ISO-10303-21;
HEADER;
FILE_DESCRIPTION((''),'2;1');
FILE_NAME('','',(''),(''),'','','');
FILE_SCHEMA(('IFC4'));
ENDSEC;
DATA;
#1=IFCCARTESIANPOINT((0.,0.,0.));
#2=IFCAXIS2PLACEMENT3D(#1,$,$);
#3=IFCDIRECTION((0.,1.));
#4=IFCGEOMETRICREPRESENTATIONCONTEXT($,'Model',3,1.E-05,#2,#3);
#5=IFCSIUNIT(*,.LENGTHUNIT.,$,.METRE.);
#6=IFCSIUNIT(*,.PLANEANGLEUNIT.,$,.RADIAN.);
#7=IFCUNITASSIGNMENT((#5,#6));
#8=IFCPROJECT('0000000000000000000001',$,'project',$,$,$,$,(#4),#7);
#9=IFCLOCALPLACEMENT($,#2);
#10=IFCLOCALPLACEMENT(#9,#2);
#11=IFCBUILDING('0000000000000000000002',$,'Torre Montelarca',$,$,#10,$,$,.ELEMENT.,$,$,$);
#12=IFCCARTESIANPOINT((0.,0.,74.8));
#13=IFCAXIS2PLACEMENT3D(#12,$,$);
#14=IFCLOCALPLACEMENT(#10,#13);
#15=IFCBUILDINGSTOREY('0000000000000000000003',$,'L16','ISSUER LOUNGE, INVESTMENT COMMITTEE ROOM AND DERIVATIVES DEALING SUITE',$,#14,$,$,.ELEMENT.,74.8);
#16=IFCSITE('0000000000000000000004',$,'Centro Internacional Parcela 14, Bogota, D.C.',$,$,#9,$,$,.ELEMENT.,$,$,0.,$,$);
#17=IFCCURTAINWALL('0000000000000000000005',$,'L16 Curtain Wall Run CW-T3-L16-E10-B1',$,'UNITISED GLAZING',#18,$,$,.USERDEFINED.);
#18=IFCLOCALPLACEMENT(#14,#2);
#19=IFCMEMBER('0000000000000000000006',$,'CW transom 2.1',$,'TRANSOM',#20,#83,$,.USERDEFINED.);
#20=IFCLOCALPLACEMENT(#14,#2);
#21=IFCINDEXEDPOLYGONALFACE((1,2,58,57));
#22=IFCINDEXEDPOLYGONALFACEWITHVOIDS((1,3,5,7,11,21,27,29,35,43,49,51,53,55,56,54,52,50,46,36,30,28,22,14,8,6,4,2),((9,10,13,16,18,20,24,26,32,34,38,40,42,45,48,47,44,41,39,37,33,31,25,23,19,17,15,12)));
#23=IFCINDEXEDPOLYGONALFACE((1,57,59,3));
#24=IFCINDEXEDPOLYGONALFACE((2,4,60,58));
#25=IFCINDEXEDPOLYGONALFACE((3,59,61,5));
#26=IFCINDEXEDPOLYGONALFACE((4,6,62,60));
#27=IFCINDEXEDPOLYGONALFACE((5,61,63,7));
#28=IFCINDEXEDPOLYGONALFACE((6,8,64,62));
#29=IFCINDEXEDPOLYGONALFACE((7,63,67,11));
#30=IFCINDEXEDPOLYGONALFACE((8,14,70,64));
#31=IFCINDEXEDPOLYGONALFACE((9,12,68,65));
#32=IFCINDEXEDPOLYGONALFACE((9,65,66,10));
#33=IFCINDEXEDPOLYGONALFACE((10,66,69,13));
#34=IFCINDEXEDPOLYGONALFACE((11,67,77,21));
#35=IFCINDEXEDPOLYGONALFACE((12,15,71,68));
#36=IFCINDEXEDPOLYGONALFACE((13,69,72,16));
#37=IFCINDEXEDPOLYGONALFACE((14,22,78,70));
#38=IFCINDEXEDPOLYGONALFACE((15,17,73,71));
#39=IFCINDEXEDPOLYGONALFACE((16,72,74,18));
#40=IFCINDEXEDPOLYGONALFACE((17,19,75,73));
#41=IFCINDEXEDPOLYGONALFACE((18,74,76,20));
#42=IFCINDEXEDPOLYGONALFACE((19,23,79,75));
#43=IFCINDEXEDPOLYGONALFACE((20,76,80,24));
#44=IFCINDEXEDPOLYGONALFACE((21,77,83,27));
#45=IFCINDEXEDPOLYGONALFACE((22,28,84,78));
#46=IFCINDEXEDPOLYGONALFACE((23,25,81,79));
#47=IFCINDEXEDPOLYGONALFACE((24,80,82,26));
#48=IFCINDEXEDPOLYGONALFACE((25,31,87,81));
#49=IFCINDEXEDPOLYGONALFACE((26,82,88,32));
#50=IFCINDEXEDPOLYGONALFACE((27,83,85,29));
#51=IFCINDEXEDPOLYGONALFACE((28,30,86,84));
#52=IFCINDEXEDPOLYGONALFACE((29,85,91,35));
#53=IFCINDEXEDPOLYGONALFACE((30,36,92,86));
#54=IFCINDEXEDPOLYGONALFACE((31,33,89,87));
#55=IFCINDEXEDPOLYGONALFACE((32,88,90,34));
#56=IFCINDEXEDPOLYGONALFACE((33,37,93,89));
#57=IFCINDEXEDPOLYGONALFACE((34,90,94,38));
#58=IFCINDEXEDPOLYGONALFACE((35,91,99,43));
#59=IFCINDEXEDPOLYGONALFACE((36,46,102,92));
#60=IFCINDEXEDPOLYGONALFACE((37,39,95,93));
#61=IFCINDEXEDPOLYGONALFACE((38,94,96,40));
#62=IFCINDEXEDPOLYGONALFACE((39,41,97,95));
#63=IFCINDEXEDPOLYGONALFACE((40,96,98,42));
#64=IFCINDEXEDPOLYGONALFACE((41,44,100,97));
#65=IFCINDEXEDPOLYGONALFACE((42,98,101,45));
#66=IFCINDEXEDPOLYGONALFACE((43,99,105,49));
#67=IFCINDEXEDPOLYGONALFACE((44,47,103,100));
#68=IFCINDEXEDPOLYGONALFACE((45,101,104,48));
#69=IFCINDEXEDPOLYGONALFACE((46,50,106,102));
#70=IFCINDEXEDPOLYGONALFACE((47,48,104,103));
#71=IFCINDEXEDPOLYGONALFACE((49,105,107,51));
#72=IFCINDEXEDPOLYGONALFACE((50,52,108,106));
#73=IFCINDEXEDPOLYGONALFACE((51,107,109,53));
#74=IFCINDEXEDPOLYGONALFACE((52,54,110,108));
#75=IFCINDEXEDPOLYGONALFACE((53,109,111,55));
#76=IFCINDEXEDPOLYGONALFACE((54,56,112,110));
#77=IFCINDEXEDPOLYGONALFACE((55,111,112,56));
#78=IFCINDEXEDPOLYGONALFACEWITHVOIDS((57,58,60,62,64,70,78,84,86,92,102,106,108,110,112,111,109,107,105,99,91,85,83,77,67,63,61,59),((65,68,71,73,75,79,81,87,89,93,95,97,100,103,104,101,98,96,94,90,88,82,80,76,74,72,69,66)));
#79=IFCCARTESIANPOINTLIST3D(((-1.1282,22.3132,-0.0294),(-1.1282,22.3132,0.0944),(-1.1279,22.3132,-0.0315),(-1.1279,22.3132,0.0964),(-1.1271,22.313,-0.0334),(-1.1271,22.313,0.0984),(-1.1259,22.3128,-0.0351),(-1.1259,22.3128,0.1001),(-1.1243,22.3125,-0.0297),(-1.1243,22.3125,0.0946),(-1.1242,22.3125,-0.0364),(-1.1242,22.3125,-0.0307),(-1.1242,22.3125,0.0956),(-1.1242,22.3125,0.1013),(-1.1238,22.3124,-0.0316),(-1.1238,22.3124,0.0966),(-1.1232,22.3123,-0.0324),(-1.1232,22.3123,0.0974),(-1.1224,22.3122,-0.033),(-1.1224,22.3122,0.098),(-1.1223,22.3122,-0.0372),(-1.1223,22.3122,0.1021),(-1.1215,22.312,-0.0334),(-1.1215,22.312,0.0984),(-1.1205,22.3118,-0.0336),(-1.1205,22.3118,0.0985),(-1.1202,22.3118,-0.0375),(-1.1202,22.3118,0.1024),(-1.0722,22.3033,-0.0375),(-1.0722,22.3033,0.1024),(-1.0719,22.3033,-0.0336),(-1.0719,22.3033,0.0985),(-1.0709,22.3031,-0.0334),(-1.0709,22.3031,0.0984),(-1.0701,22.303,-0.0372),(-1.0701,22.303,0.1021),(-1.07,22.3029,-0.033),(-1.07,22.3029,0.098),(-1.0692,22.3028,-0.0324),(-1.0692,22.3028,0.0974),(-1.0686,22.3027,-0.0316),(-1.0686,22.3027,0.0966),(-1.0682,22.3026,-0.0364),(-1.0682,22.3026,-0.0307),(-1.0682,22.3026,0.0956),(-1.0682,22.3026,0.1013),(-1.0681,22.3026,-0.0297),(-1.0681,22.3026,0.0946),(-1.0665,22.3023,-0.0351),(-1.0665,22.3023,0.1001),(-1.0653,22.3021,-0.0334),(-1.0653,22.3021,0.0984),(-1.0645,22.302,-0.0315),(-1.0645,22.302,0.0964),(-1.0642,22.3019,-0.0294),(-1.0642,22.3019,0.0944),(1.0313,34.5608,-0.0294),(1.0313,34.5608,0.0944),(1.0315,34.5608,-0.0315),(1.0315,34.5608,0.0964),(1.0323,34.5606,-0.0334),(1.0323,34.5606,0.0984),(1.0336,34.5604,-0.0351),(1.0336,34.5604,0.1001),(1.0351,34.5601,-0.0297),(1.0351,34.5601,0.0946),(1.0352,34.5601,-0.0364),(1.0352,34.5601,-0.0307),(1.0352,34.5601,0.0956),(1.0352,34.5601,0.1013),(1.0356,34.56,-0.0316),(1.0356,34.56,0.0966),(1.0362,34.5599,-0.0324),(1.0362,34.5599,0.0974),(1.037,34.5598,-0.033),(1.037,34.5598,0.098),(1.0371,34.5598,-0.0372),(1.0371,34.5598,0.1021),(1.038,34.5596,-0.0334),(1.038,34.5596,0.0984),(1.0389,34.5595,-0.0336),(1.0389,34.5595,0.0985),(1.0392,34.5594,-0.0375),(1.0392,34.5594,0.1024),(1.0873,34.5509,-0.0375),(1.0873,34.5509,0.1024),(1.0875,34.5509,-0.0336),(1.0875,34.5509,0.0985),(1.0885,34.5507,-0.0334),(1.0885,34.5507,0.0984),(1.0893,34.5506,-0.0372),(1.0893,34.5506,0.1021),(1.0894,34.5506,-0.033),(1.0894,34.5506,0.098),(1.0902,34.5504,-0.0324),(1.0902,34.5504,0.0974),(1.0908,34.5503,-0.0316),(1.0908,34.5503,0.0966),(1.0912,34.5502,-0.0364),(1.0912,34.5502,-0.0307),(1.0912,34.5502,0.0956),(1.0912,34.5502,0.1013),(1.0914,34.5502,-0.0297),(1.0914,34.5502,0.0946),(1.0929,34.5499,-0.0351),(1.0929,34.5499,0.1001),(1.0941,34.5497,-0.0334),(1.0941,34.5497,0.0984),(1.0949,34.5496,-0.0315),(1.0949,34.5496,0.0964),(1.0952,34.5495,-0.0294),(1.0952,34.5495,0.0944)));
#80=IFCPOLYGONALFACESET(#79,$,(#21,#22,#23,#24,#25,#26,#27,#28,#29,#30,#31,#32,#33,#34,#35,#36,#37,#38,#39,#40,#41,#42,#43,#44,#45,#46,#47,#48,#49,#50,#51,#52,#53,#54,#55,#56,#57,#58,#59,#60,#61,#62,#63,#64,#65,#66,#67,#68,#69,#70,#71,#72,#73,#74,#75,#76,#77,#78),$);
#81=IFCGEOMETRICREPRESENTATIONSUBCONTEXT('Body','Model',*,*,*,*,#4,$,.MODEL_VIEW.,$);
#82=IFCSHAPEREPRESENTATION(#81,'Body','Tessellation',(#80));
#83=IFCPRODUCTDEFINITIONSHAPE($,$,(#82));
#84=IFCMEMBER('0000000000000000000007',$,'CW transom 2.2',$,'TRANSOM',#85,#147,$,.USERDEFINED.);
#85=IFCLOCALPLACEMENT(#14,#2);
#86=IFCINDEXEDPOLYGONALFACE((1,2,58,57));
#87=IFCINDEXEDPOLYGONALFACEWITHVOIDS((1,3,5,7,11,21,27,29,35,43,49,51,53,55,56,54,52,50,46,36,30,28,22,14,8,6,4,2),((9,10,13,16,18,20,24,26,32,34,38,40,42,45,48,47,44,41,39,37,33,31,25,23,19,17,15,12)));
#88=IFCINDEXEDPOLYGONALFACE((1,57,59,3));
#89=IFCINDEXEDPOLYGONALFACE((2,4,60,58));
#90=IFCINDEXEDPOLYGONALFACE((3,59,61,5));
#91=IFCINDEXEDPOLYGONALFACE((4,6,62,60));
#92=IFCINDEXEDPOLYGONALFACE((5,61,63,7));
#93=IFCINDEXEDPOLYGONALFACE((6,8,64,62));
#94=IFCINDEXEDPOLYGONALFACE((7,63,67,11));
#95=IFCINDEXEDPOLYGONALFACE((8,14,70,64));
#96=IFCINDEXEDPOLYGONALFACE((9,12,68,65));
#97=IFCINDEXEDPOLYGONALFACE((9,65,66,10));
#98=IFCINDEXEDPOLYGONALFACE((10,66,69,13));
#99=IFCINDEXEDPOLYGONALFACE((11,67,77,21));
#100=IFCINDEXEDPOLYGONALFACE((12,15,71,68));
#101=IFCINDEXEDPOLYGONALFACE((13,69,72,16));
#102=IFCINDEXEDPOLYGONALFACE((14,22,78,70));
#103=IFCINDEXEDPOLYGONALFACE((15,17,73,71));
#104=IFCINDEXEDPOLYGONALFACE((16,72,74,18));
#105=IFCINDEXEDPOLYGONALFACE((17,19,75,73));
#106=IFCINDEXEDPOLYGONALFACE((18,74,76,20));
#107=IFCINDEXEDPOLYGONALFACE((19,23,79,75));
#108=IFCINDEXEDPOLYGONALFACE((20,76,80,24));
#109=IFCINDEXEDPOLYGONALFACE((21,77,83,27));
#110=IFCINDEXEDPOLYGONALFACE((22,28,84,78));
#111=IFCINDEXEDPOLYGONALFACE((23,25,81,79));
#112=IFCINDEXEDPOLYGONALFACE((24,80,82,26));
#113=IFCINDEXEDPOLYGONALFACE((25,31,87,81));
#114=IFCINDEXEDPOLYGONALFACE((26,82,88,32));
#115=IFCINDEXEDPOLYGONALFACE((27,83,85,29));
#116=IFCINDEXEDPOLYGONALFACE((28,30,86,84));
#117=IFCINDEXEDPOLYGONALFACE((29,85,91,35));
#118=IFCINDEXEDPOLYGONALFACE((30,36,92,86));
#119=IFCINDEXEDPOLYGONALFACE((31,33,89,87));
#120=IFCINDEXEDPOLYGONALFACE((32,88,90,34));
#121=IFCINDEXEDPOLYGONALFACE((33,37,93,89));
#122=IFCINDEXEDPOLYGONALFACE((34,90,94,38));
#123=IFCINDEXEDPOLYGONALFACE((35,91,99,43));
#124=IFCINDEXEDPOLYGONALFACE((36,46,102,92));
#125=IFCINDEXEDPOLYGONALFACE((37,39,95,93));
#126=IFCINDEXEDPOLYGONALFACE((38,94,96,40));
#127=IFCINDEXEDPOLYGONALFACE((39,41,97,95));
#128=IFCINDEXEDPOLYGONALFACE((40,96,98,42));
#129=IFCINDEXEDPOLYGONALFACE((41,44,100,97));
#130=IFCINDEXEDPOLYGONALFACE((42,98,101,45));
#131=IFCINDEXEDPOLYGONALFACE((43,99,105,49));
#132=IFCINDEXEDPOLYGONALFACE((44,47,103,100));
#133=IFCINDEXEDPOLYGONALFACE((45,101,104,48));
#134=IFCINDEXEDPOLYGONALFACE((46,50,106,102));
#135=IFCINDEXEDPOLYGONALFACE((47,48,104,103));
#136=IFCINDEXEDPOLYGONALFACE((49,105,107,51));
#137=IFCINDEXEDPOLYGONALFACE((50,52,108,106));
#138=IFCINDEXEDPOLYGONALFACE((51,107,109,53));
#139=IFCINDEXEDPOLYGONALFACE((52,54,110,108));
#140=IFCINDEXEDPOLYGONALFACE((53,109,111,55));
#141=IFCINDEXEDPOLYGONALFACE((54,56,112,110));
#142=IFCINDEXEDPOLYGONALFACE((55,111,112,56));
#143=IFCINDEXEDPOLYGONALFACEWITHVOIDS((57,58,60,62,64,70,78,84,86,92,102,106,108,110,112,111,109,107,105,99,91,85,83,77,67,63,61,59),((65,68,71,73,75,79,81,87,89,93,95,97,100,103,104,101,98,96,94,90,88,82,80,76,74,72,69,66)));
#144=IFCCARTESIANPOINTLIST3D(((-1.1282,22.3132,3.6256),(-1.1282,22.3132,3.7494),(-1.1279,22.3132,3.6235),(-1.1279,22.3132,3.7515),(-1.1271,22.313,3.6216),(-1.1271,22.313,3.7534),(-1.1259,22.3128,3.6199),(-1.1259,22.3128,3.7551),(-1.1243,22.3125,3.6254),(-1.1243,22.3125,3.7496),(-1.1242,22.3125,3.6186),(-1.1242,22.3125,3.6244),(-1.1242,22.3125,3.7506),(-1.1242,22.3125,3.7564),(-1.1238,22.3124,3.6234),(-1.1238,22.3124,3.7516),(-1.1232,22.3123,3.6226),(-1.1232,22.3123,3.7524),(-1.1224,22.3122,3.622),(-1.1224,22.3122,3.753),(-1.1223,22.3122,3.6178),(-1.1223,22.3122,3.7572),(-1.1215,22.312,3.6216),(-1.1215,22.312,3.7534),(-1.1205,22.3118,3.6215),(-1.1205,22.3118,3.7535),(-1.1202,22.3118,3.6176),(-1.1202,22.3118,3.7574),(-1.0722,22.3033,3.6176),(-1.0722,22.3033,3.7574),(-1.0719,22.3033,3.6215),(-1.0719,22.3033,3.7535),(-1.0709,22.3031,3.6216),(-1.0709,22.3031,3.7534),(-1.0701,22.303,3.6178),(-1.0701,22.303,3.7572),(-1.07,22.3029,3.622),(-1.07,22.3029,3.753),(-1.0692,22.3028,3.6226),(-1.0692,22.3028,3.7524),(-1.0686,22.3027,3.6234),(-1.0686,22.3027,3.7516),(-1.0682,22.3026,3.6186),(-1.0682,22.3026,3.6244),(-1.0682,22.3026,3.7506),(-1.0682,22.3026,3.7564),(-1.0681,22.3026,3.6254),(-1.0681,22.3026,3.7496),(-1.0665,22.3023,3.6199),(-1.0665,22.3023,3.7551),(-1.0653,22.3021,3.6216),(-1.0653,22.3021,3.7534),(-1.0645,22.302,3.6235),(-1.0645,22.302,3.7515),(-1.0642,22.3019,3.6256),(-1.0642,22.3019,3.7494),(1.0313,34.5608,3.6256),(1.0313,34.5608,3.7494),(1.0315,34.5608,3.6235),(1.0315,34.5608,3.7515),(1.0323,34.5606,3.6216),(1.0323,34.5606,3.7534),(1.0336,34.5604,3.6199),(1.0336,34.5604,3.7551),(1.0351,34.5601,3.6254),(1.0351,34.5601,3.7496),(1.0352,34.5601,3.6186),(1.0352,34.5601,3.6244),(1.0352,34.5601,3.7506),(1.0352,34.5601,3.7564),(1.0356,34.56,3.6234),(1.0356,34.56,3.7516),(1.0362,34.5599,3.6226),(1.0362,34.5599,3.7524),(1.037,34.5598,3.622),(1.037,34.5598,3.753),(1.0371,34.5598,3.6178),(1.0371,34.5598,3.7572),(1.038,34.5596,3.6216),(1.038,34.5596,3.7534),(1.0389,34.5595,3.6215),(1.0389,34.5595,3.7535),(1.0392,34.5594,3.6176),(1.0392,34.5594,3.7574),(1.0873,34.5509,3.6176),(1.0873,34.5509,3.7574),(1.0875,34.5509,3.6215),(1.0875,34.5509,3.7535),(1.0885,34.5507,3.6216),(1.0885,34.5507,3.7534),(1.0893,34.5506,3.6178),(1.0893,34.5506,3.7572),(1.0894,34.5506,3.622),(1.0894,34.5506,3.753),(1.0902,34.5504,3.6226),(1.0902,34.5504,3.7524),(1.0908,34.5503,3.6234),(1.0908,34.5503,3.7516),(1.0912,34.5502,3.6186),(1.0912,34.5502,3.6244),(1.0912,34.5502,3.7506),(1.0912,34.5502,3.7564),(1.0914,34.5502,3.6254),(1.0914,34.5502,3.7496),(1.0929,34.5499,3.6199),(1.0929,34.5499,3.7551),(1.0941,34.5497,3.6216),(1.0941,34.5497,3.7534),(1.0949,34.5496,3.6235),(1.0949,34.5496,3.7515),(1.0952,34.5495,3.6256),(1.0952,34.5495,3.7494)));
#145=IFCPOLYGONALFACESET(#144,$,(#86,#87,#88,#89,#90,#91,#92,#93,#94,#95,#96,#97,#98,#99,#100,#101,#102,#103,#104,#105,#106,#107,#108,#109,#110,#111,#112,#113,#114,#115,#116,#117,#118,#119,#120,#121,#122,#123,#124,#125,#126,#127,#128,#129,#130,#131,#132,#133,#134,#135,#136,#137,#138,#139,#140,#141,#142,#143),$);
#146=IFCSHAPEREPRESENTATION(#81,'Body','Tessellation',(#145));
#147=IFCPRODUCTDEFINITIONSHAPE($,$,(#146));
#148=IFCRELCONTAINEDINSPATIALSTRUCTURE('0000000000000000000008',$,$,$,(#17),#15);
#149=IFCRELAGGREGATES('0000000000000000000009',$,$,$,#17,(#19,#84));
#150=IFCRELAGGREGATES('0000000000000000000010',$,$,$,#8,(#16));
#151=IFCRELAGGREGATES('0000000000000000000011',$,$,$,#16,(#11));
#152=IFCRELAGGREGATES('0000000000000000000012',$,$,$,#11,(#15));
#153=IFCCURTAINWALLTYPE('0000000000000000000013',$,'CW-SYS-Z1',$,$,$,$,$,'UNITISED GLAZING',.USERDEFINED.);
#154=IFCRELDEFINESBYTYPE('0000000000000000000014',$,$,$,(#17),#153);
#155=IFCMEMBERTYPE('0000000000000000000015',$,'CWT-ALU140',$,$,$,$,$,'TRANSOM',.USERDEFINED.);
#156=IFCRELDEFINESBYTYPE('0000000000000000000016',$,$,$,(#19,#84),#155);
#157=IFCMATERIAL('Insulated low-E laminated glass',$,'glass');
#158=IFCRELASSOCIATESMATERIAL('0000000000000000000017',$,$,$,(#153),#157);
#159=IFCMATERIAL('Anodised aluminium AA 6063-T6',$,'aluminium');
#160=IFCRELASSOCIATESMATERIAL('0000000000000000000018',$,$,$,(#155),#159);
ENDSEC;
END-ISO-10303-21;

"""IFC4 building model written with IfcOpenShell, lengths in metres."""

from ifc_helpers import new_model, si_unit, direction, frame, origin, origin_2d, place, context, subcontext, project, spatial, hollow_rectangle, extrude, source, transform, mapped, material, material_profile, profile_set, type_object, element, aggregate, save


model = new_model("IFC4")

# Units and contexts
model_context = context("Model", 3, precision=1e-05, world=origin(), true_north=direction((0.0, 1.0)))
body_context = subcontext(model_context, "Body", "Model", "MODEL_VIEW")
ifc_project = project(units=[si_unit("LENGTHUNIT", "METRE"), si_unit("PLANEANGLEUNIT", "RADIAN")], contexts=[model_context])

# Site, building, storey
site_placement = place(None, origin())
site = spatial("IfcSite", under=ifc_project, at=site_placement, Name="Centro Internacional Parcela 14, Bogota, D.C.", CompositionType="ELEMENT", RefElevation=0.0)
building_placement = place(site_placement, origin())
building = spatial("IfcBuilding", under=site, at=building_placement, Name="Torre Montelarca", CompositionType="ELEMENT")
storey_placement = place(building_placement, frame((0.0, 0.0, 74.8)))
storey = spatial("IfcBuildingStorey", under=building, at=storey_placement, Name="L16", Description="ISSUER LOUNGE, INVESTMENT COMMITTEE ROOM AND DERIVATIVES DEALING SUITE", CompositionType="ELEMENT", Elevation=74.8)

# Curtain wall, members
ifc_material_1 = material(Name="Insulated low-E laminated glass", Category="glass")
curtain_wall_type = type_object("IfcCurtainWallType", Name="CW-SYS-Z1", ElementType="UNITISED GLAZING", PredefinedType="USERDEFINED", material=ifc_material_1)
curtain_wall_placement = place(storey_placement, origin())
curtain_wall = element("IfcCurtainWall", 1, at=curtain_wall_placement, inside=storey, type_object=curtain_wall_type, Name="L16 Curtain Wall Run CW-T3-L16-E10-B1", ObjectType="UNITISED GLAZING", PredefinedType="USERDEFINED")
ifc_material_2 = material(Name="Anodised aluminium AA 6063-T6", Category="aluminium")
ifc_material_profile_1 = material_profile(ifc_material_2, hollow_rectangle(XDim=0.0649, YDim=0.1399, WallThickness=0.0039, InnerFilletRadius=0.0039, OuterFilletRadius=0.0081, at=origin_2d()), Name="ALU65X140X4", Category="aluminium")
ifc_profile_set_1 = profile_set([ifc_material_profile_1], Name="Anodised aluminium AA 6063-T6")
member_type_1 = type_object("IfcMemberType", Name="CWT-ALU140", ElementType="TRANSOM", PredefinedType="USERDEFINED", material=ifc_profile_set_1)
shared_shape_1 = source(origin(), body_context, "Body", "SweptSolid", [
    extrude(hollow_rectangle(XDim=0.0649, YDim=0.1399, WallThickness=0.0039, InnerFilletRadius=0.0039, OuterFilletRadius=0.0081, at=origin_2d()), origin(), (0.0, 0.0, 1.0), 12.4365),
])
member_1_placement = place(storey_placement, frame((1.0632, 34.5552, 0.0325), z_axis=(-0.173636, -0.98481, 0.0), x_axis=(0.98481, -0.173636, 0.0)))
member_1 = element("IfcMember", 2, at=member_1_placement, type_object=member_type_1, Name="CW transom 2.1", ObjectType="TRANSOM", PredefinedType="USERDEFINED", context=body_context, shape_type="MappedRepresentation", body=[
    mapped(shared_shape_1, transform((0.0, 0.0, 0.0), scale=1.0)),
])
member_2_placement = place(storey_placement, frame((1.0632, 34.5552, 3.6875), z_axis=(-0.173636, -0.98481, 0.0), x_axis=(0.98481, -0.173636, 0.0)))
member_2 = element("IfcMember", 3, at=member_2_placement, type_object=member_type_1, Name="CW transom 2.2", ObjectType="TRANSOM", PredefinedType="USERDEFINED", context=body_context, shape_type="MappedRepresentation", body=[
    mapped(shared_shape_1, transform((0.0, 0.0, 0.0), scale=1.0)),
])
aggregate(curtain_wall, [member_1, member_2])

save(model, "model.ifc")
